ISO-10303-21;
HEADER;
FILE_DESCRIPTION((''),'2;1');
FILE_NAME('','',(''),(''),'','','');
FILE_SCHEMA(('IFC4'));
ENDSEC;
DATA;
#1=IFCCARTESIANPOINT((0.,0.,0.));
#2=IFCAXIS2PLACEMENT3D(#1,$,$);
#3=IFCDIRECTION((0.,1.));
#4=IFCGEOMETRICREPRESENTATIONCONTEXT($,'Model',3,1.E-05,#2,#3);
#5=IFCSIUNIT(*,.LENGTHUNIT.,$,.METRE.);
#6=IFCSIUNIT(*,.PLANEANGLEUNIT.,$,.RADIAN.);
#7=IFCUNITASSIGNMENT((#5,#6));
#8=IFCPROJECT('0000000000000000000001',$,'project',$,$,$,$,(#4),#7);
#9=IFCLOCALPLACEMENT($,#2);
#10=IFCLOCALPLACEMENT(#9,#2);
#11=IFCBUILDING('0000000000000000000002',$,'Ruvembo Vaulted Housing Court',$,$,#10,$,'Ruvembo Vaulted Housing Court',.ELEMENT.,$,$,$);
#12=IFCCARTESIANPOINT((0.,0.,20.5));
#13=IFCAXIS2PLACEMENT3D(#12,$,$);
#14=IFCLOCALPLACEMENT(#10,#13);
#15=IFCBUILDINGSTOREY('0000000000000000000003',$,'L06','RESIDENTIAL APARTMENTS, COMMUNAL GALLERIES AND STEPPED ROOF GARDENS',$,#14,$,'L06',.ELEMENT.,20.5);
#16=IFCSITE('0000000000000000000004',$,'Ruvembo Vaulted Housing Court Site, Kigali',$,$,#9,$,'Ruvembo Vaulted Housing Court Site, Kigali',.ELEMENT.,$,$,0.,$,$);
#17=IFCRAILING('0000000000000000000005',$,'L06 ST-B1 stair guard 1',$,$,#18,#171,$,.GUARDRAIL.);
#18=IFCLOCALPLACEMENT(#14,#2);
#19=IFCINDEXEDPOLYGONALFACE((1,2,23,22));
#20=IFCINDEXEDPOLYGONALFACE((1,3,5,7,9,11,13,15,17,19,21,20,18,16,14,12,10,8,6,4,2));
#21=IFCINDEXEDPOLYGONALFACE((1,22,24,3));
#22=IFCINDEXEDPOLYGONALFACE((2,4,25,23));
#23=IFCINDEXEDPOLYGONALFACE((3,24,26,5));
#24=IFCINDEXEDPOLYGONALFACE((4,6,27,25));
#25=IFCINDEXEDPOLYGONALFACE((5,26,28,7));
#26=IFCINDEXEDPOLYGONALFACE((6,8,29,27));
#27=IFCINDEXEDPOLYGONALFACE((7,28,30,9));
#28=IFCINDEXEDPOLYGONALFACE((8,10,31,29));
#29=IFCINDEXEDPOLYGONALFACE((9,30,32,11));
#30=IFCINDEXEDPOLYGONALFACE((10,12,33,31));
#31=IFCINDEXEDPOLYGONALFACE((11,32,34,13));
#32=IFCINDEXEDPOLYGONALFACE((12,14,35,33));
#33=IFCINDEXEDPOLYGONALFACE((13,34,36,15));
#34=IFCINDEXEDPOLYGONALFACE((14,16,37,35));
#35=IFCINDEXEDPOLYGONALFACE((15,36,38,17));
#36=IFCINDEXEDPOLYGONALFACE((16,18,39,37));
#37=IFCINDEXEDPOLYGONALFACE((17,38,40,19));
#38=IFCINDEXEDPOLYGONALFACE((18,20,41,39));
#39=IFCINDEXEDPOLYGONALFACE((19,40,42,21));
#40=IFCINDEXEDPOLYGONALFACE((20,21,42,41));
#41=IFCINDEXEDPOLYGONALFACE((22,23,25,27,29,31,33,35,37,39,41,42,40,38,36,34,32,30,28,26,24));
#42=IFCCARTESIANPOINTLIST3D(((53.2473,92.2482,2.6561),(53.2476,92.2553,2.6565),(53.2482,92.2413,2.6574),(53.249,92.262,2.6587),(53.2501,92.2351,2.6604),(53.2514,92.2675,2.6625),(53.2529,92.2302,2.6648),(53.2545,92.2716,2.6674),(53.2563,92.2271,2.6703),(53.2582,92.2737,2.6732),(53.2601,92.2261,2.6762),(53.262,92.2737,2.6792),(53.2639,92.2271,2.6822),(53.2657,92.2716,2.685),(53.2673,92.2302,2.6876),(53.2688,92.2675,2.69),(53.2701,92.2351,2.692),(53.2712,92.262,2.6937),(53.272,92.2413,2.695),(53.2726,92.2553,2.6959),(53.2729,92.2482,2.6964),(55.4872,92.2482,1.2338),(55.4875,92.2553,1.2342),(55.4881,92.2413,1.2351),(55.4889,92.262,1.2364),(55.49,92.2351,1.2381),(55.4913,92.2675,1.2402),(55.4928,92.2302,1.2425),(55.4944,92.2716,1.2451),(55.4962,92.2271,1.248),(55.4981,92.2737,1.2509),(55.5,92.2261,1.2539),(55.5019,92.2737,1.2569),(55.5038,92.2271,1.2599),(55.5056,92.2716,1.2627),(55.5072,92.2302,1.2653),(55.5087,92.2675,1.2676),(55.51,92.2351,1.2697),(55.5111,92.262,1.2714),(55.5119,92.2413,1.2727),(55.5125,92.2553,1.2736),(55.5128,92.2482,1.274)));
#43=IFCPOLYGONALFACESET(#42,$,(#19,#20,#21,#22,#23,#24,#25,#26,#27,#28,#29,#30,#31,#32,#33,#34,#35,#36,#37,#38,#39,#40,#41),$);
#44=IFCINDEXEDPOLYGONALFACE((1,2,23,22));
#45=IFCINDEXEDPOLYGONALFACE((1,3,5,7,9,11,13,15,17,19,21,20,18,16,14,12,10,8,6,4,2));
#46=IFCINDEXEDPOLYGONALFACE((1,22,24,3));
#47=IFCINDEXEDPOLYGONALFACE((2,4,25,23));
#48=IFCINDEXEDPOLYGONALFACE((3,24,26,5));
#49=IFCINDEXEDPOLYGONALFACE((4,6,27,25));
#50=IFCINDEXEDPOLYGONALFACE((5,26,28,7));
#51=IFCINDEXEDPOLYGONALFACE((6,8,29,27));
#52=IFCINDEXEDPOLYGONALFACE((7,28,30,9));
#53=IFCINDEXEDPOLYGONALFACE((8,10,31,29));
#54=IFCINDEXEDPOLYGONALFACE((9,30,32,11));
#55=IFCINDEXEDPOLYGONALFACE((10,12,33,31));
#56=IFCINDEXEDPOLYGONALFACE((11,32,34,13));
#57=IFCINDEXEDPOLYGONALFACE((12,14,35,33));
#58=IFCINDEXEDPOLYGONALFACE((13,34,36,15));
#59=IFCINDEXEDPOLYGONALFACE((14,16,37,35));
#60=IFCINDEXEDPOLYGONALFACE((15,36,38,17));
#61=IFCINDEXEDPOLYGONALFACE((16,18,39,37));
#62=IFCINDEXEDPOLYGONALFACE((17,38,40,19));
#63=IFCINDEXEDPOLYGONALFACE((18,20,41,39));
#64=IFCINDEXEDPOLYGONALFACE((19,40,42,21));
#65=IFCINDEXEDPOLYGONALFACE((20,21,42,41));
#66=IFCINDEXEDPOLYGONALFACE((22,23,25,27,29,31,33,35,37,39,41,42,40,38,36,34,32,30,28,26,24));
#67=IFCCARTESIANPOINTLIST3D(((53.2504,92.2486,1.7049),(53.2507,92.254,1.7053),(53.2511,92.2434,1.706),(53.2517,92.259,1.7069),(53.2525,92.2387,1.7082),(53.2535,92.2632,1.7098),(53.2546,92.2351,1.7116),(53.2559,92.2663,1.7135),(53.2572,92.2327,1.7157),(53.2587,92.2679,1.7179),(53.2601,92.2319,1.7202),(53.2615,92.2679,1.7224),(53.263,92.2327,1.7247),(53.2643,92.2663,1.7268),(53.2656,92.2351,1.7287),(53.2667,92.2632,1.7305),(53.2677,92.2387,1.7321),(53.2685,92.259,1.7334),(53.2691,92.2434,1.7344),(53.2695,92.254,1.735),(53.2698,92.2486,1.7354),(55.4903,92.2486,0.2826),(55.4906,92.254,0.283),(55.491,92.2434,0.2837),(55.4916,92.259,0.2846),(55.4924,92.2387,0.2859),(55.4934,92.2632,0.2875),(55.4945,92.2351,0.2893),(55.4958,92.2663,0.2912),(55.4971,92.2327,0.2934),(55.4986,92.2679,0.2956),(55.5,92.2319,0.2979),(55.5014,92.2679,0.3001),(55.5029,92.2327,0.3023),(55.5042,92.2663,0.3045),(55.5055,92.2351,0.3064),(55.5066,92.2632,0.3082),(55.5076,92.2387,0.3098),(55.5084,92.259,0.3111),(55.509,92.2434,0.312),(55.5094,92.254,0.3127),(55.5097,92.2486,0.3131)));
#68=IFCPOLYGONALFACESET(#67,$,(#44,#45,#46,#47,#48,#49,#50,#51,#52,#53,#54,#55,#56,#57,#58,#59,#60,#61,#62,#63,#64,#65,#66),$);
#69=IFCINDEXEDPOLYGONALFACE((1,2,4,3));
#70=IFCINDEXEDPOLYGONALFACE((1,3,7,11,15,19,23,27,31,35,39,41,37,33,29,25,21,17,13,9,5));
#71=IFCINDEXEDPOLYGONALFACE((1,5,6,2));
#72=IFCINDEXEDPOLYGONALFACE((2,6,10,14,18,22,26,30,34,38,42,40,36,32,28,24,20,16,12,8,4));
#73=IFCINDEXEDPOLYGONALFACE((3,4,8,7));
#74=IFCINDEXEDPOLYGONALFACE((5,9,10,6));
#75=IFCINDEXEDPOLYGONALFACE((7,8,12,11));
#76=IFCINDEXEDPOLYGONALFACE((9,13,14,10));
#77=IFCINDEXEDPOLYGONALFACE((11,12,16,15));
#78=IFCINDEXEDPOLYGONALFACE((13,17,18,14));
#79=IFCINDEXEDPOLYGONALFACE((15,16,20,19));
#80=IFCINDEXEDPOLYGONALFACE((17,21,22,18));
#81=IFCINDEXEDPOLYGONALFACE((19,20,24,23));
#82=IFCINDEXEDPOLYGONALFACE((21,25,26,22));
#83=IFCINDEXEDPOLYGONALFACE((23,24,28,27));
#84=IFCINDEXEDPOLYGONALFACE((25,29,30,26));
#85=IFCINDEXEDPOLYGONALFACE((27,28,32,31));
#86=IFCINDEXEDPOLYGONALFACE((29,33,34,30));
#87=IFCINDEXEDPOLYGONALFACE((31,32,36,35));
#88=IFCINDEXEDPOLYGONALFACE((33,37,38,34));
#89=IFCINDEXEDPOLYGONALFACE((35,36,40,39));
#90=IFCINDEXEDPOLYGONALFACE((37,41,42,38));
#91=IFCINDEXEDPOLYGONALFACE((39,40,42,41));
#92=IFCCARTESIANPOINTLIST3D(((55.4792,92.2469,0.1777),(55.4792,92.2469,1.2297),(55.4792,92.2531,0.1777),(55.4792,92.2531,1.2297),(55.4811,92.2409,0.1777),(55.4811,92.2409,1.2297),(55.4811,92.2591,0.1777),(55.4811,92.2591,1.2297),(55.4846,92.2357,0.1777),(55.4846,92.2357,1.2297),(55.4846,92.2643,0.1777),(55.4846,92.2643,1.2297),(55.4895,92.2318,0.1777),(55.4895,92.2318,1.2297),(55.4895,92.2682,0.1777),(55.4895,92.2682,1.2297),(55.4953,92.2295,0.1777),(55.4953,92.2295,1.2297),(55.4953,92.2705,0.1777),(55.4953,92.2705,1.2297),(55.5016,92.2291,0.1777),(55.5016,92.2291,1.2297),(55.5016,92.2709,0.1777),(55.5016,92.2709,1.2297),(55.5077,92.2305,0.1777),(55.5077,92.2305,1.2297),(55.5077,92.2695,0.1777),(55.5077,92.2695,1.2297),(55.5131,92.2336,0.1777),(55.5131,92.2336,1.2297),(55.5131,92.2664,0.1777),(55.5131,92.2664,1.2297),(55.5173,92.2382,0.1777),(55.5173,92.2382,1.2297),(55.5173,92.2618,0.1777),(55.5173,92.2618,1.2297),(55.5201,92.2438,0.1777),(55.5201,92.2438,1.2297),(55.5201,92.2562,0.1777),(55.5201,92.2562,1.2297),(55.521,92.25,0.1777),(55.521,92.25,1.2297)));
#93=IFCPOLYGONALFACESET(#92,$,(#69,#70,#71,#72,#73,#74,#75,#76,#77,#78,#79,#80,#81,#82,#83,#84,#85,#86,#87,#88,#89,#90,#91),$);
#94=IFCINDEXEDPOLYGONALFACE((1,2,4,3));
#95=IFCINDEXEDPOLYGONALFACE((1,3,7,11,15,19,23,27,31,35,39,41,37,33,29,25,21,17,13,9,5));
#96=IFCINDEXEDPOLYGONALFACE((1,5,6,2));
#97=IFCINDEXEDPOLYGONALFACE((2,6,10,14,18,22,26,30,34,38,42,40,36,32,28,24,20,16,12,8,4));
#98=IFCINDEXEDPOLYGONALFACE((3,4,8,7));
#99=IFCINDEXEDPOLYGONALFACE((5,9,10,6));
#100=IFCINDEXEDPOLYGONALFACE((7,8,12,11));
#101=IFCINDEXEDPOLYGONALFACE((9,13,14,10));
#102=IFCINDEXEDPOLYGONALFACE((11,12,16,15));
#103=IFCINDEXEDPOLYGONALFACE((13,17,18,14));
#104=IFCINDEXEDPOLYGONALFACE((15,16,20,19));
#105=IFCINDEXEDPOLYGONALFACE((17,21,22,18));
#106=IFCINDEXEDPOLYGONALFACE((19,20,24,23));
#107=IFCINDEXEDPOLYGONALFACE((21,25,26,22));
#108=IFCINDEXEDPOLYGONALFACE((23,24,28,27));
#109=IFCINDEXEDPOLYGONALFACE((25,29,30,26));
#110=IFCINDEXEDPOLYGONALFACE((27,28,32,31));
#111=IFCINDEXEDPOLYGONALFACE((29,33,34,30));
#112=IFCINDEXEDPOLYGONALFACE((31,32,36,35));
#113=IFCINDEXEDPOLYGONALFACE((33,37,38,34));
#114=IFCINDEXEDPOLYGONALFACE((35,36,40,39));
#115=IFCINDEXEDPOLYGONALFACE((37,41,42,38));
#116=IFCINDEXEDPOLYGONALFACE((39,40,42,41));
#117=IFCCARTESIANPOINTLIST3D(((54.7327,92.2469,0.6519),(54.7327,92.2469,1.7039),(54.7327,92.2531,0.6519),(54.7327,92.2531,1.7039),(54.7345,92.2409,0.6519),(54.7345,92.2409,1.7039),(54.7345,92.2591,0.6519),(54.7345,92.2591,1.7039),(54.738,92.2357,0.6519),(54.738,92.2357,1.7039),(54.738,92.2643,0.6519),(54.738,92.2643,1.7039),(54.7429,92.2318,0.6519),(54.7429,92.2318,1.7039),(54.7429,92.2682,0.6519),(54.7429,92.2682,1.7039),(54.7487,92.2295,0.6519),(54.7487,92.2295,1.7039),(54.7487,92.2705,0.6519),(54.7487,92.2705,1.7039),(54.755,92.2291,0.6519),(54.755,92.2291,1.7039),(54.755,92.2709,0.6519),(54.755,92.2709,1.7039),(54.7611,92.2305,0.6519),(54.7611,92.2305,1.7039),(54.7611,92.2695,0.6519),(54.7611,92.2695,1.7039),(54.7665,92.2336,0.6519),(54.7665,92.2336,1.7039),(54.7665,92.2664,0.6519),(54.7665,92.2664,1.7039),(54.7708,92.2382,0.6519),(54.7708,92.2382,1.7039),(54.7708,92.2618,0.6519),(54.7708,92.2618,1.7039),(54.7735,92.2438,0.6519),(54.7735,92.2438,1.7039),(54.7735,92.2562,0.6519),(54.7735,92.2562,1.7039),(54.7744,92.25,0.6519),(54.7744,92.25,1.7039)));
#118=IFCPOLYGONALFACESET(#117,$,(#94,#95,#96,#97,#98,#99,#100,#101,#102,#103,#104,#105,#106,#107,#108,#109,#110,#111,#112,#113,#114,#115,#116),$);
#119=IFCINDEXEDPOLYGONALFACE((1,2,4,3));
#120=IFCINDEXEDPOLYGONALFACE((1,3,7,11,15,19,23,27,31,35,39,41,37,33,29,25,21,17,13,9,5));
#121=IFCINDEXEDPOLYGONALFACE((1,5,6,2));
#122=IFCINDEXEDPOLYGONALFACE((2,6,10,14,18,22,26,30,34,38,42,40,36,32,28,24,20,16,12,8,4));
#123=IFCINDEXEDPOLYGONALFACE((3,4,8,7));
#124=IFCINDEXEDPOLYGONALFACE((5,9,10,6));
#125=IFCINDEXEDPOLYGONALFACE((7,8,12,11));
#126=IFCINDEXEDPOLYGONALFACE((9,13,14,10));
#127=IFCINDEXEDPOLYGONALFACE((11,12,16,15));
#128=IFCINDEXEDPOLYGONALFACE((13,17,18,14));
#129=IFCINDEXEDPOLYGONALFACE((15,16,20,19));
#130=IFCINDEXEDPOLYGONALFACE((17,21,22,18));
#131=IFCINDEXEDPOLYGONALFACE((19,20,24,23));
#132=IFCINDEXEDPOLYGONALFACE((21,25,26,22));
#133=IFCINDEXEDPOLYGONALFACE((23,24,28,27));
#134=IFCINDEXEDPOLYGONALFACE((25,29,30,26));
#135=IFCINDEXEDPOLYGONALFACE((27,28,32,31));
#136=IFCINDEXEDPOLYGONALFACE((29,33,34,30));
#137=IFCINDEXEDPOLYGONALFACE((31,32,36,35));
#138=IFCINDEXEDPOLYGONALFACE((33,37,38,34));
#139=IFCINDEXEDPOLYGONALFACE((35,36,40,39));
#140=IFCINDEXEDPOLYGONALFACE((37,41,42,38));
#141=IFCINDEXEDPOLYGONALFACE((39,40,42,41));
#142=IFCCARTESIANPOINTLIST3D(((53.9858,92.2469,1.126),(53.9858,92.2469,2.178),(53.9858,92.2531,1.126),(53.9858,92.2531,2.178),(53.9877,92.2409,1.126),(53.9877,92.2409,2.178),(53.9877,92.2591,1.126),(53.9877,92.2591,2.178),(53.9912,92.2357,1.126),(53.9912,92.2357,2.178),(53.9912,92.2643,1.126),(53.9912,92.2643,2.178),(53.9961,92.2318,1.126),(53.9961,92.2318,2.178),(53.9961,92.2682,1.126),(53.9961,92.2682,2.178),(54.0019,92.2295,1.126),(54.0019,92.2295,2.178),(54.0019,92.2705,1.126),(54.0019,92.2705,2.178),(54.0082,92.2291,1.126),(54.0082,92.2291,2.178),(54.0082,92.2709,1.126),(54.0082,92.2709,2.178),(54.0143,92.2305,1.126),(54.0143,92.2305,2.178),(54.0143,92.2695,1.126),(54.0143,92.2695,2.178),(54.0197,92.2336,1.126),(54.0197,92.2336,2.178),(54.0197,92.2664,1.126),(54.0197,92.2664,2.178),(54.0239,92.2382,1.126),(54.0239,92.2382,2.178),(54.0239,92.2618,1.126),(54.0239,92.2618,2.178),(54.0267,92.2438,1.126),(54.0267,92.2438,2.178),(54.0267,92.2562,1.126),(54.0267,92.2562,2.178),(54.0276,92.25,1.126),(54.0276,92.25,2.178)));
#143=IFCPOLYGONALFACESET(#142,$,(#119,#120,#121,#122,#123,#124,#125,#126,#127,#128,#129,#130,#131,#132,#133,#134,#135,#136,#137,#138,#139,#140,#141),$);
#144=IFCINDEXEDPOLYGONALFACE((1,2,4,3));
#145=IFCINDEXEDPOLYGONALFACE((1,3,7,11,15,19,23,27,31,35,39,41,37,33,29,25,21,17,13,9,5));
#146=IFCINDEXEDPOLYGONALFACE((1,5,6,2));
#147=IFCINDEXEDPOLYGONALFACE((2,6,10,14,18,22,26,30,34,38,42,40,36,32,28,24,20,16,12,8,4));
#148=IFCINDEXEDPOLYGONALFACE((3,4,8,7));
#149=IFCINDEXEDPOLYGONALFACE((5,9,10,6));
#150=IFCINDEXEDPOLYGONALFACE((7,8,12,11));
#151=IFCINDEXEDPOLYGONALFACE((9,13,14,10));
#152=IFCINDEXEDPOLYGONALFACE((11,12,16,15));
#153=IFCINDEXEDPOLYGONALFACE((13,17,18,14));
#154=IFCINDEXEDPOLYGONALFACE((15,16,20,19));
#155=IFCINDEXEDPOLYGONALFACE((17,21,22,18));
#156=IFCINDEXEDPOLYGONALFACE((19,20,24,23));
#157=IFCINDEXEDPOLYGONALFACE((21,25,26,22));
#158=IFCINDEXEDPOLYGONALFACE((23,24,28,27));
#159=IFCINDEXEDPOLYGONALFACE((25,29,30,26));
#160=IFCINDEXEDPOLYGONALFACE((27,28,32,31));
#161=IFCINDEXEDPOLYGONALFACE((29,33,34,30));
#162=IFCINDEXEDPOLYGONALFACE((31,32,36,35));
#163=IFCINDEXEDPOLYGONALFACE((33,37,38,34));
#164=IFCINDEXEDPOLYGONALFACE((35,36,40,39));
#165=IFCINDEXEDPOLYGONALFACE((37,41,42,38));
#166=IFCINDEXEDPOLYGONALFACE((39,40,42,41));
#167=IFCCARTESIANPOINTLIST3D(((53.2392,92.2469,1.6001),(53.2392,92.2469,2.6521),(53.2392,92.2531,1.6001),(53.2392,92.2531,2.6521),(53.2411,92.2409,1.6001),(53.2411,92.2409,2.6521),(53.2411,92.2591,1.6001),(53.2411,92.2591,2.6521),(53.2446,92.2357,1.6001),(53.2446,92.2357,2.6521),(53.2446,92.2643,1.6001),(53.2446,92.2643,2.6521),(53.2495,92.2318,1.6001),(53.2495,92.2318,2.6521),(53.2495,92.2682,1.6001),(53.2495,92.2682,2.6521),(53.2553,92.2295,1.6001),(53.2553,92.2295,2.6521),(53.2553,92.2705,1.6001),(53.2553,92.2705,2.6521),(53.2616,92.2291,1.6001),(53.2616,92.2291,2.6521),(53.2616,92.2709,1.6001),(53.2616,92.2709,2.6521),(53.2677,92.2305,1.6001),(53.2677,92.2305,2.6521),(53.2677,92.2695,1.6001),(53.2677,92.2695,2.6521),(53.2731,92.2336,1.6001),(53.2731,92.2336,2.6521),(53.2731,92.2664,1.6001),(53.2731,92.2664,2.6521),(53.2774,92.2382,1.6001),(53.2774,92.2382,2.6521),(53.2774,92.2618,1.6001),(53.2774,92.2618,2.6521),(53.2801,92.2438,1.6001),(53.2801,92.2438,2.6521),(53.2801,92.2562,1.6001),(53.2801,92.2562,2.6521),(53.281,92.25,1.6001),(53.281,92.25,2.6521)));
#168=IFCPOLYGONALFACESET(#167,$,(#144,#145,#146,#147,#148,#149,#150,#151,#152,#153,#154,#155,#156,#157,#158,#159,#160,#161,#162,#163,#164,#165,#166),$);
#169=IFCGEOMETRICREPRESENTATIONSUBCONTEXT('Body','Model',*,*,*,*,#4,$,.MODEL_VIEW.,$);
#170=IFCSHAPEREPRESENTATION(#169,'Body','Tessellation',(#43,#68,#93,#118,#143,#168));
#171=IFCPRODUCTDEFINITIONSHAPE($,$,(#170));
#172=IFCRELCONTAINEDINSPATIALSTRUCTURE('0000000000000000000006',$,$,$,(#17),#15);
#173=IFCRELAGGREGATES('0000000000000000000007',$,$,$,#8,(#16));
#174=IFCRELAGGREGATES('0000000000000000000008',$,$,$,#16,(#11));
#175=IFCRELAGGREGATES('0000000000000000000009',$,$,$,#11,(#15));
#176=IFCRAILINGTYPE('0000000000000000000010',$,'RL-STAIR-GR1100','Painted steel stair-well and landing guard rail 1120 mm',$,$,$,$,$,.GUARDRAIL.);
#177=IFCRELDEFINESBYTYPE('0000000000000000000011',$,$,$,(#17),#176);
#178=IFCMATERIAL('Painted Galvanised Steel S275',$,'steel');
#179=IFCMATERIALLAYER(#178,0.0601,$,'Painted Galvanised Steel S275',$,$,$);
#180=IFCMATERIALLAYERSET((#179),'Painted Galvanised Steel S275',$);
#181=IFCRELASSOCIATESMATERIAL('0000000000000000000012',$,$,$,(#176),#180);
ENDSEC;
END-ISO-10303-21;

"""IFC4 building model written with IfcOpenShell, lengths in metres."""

from ifc_helpers import new_model, si_unit, direction, frame, origin, origin_2d, place, context, subcontext, project, spatial, circle, extrude, material, layer, layer_set, type_object, element, save


model = new_model("IFC4")

# Units and contexts
model_context = context("Model", 3, precision=1e-05, world=origin(), true_north=direction((0.0, 1.0)))
body_context = subcontext(model_context, "Body", "Model", "MODEL_VIEW")
ifc_project = project(units=[si_unit("LENGTHUNIT", "METRE"), si_unit("PLANEANGLEUNIT", "RADIAN")], contexts=[model_context])

# Site, building, storey
site_placement = place(None, origin())
site = spatial("IfcSite", under=ifc_project, at=site_placement, Name="Ruvembo Vaulted Housing Court Site, Kigali", LongName="Ruvembo Vaulted Housing Court Site, Kigali", CompositionType="ELEMENT", RefElevation=0.0)
building_placement = place(site_placement, origin())
building = spatial("IfcBuilding", under=site, at=building_placement, Name="Ruvembo Vaulted Housing Court", LongName="Ruvembo Vaulted Housing Court", CompositionType="ELEMENT")
storey_placement = place(building_placement, frame((0.0, 0.0, 20.5)))
storey = spatial("IfcBuildingStorey", under=building, at=storey_placement, Name="L06", Description="RESIDENTIAL APARTMENTS, COMMUNAL GALLERIES AND STEPPED ROOF GARDENS", LongName="L06", CompositionType="ELEMENT", Elevation=20.5)

# Railing
ifc_material_1 = material(Name="Painted Galvanised Steel S275", Category="steel")
ifc_layer_1 = layer(ifc_material_1, 0.0601, Name="Painted Galvanised Steel S275")
ifc_layer_set_1 = layer_set([ifc_layer_1], Name="Painted Galvanised Steel S275")
railing_type_1 = type_object("IfcRailingType", Name="RL-STAIR-GR1100", Description="Painted steel stair-well and landing guard rail 1120 mm", PredefinedType="GUARDRAIL", material=ifc_layer_set_1)
railing_1_placement = place(storey_placement, frame((55.5, 92.25, 0.1777)))
element("IfcRailing", 1, at=railing_1_placement, inside=storey, type_object=railing_type_1, Name="L06 ST-B1 stair guard 1", PredefinedType="GUARDRAIL", context=body_context, shape_type="SweptSolid", body=[
    extrude(circle(Radius=0.0239, at=origin_2d()), frame((0.0, 0.0, 1.0762), z_axis=(-0.844188, 0.0, 0.536048), x_axis=(0.0, -1.0, 0.0)), (0.0, 0.0, 1.0), 2.6533),
    extrude(circle(Radius=0.0181, at=origin_2d()), frame((0.0, 0.0, 0.1201), z_axis=(-0.844188, 0.0, 0.536048), x_axis=(0.0, -1.0, 0.0)), (0.0, 0.0, 1.0), 2.6533),
    extrude(circle(Radius=0.021, at=origin_2d()), origin(), (0.0, 0.0, 1.0), 1.052),
    extrude(circle(Radius=0.021, at=origin_2d()), frame((-0.7466, 0.0, 0.4741)), (0.0, 0.0, 1.0), 1.052),
    extrude(circle(Radius=0.021, at=origin_2d()), frame((-1.4934, 0.0, 0.9482)), (0.0, 0.0, 1.0), 1.052),
    extrude(circle(Radius=0.021, at=origin_2d()), frame((-2.24, 0.0, 1.4224)), (0.0, 0.0, 1.0), 1.052),
])

save(model, "model.ifc")
